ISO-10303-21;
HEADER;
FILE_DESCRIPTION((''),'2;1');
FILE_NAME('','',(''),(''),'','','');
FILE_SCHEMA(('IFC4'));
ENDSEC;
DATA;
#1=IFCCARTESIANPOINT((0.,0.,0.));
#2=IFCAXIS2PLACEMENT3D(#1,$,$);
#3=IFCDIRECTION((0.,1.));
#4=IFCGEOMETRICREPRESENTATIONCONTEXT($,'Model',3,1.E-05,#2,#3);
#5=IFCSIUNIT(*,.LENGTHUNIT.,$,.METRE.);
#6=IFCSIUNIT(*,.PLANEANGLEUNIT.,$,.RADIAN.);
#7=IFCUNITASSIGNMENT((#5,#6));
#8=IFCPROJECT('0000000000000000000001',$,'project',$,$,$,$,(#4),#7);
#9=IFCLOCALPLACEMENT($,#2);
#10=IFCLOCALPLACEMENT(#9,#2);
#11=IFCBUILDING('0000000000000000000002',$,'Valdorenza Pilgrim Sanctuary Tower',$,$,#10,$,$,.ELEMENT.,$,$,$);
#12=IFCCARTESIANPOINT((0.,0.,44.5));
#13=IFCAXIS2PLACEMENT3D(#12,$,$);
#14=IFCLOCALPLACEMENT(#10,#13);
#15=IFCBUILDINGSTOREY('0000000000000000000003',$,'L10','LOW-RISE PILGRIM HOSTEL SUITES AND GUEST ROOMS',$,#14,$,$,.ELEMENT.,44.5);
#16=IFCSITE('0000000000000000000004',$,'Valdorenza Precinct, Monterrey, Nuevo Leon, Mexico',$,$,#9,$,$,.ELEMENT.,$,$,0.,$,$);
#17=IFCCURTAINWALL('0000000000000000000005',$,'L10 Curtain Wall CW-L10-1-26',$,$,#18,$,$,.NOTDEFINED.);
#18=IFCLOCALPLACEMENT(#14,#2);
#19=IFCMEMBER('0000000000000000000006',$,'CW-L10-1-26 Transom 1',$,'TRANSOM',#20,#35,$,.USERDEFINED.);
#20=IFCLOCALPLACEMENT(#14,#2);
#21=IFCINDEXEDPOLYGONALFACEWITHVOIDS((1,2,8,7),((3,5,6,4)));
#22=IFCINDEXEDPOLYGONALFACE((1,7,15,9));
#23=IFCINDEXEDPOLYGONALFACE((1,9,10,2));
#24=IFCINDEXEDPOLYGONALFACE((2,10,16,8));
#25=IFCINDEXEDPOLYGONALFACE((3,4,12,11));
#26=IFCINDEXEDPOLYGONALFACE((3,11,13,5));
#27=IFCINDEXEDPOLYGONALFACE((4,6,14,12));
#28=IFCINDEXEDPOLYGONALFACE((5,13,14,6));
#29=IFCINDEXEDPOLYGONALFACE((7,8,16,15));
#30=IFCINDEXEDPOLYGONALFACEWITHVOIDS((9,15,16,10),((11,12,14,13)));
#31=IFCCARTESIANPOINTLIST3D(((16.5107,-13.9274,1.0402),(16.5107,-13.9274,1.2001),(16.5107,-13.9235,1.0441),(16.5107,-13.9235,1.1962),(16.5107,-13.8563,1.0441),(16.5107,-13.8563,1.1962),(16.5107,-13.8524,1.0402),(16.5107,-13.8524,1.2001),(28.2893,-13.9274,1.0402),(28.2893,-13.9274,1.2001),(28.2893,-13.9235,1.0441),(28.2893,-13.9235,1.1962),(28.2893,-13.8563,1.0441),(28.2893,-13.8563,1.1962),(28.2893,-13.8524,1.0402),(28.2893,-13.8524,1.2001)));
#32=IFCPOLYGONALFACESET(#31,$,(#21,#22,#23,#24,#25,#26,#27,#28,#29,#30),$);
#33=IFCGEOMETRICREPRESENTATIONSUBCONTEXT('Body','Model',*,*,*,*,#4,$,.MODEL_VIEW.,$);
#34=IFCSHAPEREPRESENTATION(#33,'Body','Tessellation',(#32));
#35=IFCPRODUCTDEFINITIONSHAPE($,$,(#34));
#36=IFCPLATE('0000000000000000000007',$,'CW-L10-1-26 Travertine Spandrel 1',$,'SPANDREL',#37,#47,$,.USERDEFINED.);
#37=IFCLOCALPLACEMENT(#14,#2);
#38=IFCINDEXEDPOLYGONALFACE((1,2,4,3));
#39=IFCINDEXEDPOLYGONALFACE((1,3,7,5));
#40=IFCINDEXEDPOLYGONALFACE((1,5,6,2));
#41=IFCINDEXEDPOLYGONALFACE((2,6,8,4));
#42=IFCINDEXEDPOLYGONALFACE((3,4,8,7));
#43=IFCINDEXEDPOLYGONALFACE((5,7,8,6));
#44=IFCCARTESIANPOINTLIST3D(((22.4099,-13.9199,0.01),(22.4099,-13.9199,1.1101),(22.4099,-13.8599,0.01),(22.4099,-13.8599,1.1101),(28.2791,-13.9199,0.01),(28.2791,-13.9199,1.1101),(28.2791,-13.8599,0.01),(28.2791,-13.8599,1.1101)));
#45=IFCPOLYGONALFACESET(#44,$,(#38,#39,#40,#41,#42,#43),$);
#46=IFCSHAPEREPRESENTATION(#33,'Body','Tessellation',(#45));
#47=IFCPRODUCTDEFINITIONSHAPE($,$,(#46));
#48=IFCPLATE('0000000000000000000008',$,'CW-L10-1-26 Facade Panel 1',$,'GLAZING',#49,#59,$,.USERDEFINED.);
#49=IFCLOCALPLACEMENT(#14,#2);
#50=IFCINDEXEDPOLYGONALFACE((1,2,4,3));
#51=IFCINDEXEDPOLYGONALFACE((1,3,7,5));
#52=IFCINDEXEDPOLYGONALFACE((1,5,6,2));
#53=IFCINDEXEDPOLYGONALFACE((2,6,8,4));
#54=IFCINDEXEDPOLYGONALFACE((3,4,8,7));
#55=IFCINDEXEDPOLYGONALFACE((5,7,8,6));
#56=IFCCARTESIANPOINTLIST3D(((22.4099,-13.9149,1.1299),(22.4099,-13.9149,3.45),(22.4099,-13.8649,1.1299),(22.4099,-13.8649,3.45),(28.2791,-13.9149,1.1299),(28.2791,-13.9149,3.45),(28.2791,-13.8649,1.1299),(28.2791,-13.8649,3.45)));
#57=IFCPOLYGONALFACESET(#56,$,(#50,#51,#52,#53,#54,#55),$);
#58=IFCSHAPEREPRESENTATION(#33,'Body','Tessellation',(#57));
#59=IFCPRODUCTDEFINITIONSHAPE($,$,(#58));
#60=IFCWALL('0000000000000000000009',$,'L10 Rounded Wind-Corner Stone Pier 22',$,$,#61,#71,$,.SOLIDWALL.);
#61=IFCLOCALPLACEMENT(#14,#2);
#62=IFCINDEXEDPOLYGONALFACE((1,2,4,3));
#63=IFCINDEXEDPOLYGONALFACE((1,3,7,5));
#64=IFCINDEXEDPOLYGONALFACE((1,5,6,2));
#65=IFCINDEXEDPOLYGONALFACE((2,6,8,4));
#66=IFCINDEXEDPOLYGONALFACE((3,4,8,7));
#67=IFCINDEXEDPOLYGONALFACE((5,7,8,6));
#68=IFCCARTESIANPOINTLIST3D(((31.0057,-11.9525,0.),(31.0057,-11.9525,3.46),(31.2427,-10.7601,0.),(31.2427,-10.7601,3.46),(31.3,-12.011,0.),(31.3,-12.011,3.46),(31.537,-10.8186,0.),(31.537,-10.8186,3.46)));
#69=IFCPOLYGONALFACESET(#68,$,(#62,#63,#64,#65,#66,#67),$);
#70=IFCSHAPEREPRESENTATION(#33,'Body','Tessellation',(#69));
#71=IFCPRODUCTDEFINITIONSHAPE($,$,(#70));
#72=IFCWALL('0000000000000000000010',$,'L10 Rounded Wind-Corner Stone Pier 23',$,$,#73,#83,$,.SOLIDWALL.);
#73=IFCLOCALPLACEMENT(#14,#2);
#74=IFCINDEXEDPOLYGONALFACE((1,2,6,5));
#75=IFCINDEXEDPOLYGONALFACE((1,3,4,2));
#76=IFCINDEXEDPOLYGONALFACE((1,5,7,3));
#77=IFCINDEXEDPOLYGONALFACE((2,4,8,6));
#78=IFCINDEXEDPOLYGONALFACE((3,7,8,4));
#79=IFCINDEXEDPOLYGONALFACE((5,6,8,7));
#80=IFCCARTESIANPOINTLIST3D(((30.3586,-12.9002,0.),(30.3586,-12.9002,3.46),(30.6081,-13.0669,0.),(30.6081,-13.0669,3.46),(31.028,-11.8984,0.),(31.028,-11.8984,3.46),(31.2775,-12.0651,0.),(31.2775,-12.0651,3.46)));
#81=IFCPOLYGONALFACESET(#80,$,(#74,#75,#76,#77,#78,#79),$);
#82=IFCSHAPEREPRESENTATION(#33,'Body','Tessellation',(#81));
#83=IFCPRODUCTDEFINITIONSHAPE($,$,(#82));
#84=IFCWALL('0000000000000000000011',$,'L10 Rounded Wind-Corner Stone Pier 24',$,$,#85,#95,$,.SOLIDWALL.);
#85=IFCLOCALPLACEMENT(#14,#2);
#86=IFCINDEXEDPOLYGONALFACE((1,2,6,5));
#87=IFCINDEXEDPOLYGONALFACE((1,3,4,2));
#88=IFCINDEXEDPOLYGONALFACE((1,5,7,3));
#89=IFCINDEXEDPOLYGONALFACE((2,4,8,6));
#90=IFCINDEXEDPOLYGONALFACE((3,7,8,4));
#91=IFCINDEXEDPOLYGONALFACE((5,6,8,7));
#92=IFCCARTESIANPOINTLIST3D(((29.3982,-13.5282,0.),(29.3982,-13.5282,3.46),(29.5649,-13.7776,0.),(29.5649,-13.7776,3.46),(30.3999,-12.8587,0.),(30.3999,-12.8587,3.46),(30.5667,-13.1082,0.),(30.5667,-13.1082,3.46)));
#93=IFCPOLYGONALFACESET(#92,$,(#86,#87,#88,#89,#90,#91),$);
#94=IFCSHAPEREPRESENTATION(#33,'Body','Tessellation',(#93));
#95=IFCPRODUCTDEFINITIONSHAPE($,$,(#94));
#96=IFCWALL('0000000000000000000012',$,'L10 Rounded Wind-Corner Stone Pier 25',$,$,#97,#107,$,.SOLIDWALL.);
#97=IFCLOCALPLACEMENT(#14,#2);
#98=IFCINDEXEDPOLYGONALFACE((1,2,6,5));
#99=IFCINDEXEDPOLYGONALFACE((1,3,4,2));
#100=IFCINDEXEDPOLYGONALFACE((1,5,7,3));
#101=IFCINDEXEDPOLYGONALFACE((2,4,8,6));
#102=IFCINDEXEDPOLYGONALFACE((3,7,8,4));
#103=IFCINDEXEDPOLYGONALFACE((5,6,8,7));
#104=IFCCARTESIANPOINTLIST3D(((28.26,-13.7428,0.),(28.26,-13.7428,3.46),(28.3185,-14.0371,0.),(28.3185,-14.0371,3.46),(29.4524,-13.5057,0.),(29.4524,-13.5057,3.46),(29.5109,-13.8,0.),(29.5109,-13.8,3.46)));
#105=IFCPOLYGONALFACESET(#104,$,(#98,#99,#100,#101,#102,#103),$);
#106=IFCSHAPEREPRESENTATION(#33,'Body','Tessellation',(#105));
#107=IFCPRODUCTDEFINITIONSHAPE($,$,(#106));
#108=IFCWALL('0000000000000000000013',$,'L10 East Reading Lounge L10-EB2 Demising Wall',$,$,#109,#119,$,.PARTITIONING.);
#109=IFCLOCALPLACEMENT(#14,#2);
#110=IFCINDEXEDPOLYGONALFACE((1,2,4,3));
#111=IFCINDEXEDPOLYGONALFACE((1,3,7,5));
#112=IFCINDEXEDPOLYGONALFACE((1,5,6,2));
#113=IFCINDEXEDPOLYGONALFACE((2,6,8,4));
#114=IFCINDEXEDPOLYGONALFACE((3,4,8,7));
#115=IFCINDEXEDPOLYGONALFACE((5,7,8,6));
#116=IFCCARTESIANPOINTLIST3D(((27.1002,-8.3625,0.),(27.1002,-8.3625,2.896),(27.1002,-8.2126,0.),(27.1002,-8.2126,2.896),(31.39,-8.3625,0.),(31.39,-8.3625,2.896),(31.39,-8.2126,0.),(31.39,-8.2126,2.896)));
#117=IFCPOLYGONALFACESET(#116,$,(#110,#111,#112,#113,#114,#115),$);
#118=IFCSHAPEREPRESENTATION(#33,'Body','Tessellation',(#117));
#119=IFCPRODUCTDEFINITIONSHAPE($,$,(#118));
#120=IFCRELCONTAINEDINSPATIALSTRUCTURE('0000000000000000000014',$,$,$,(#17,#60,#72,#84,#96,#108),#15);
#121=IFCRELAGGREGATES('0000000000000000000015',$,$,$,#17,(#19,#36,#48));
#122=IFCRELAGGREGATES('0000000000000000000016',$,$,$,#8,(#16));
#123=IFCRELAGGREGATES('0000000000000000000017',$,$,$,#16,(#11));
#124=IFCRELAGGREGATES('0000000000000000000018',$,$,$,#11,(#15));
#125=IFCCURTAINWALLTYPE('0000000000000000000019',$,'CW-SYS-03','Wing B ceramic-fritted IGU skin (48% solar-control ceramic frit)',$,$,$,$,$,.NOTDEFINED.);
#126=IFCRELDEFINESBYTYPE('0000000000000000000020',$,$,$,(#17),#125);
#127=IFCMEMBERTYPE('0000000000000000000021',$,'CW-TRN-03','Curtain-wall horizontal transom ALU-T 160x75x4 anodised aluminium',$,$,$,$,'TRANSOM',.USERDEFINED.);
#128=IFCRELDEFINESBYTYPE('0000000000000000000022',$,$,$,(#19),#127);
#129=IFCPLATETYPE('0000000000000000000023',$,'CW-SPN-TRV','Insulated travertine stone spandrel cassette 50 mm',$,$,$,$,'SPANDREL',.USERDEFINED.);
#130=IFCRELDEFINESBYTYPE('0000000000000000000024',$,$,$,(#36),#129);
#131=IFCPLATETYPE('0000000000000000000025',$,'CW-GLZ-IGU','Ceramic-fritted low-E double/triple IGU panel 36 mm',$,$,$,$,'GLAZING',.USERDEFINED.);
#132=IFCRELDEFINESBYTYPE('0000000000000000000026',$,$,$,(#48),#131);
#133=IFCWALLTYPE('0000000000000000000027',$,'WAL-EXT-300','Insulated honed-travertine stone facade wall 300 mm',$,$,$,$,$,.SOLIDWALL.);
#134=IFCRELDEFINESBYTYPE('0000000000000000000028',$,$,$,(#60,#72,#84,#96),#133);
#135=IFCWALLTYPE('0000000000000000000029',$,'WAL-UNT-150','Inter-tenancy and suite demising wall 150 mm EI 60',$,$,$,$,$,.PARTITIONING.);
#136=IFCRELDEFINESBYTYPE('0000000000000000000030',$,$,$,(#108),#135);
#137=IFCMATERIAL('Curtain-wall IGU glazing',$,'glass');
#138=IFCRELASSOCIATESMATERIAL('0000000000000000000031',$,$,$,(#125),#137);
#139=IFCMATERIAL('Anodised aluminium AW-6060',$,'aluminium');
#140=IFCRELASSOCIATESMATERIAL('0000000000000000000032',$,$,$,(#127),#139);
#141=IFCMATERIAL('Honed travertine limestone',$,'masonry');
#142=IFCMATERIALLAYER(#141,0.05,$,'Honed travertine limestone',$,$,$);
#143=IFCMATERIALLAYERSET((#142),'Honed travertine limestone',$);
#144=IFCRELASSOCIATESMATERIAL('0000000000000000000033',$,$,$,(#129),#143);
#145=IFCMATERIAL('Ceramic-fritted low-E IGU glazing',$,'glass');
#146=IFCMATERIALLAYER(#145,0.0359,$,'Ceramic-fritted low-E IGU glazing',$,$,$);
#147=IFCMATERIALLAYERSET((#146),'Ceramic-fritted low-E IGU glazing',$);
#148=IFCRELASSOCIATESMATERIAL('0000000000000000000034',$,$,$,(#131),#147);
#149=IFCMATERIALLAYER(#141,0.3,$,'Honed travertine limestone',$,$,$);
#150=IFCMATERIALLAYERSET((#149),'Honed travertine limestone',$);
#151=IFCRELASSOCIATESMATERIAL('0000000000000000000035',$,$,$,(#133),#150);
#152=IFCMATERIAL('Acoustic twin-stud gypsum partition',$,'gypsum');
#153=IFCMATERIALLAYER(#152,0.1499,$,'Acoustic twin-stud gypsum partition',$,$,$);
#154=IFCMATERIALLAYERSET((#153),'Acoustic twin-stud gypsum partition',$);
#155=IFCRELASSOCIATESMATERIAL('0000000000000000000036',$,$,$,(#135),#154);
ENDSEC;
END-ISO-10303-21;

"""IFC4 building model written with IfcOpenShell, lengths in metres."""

from ifc_helpers import new_model, si_unit, direction, frame, frame_2d, origin, origin_2d, place, context, subcontext, project, spatial, rectangle, hollow_rectangle, extrude, source, transform, mapped, material, layer, layer_set, material_profile, profile_set, type_object, element, aggregate, save


model = new_model("IFC4")

# Units and contexts
model_context = context("Model", 3, precision=1e-05, world=origin(), true_north=direction((0.0, 1.0)))
body_context = subcontext(model_context, "Body", "Model", "MODEL_VIEW")
ifc_project = project(units=[si_unit("LENGTHUNIT", "METRE"), si_unit("PLANEANGLEUNIT", "RADIAN")], contexts=[model_context])

# Site, building, storey
site_placement = place(None, origin())
site = spatial("IfcSite", under=ifc_project, at=site_placement, Name="Valdorenza Precinct, Monterrey, Nuevo Leon, Mexico", CompositionType="ELEMENT", RefElevation=0.0)
building_placement = place(site_placement, origin())
building = spatial("IfcBuilding", under=site, at=building_placement, Name="Valdorenza Pilgrim Sanctuary Tower", CompositionType="ELEMENT")
storey_placement = place(building_placement, frame((0.0, 0.0, 44.5)))
storey = spatial("IfcBuildingStorey", under=building, at=storey_placement, Name="L10", Description="LOW-RISE PILGRIM HOSTEL SUITES AND GUEST ROOMS", CompositionType="ELEMENT", Elevation=44.5)

# Shared definitions
ifc_material_1 = material(Name="Curtain-wall IGU glazing", Category="glass")
curtain_wall_type = type_object("IfcCurtainWallType", Name="CW-SYS-03", Description="Wing B ceramic-fritted IGU skin (48% solar-control ceramic frit)", PredefinedType="NOTDEFINED", material=ifc_material_1)
ifc_material_2 = material(Name="Anodised aluminium AW-6060", Category="aluminium")

# Curtain wall, member, plates
curtain_wall_1_placement = place(storey_placement, origin())
curtain_wall_1 = element("IfcCurtainWall", 1, at=curtain_wall_1_placement, inside=storey, type_object=curtain_wall_type, Name="L10 Curtain Wall CW-L10-1-26", PredefinedType="NOTDEFINED")
ifc_material_profile_1 = material_profile(ifc_material_2, hollow_rectangle(XDim=0.075, YDim=0.1599, WallThickness=0.0039, at=origin_2d()), Name="ALU-T 160x75x4")
ifc_profile_set_1 = profile_set([ifc_material_profile_1], Name="Anodised aluminium AW-6060")
member_type_1 = type_object("IfcMemberType", Name="CW-TRN-03", Description="Curtain-wall horizontal transom ALU-T 160x75x4 anodised aluminium", ElementType="TRANSOM", PredefinedType="USERDEFINED", material=ifc_profile_set_1)
shared_shape_1 = source(origin(), body_context, "Body", "SweptSolid", [
    extrude(hollow_rectangle(XDim=0.075, YDim=0.1599, WallThickness=0.0039, at=origin_2d()), origin(), (0.0, 0.0, 1.0), 11.7786),
])
member_1_placement = place(storey_placement, frame((28.2893, -13.8899, 1.1201), z_axis=(-1.0, 0.0, 0.0), x_axis=(0.0, -1.0, 0.0)))
member_1 = element("IfcMember", 2, at=member_1_placement, type_object=member_type_1, Name="CW-L10-1-26 Transom 1", ObjectType="TRANSOM", PredefinedType="USERDEFINED", context=body_context, shape_type="MappedRepresentation", body=[
    mapped(shared_shape_1, transform((0.0, 0.0, 0.0), x_axis=(1.0, 0.0, 0.0), y_axis=(0.0, 1.0, 0.0), z_axis=(0.0, 0.0, 1.0), scale=1.0)),
])
ifc_material_3 = material(Name="Honed travertine limestone", Category="masonry")
ifc_layer_1 = layer(ifc_material_3, 0.05, Name="Honed travertine limestone")
ifc_layer_set_1 = layer_set([ifc_layer_1], Name="Honed travertine limestone")
plate_type_1 = type_object("IfcPlateType", Name="CW-SPN-TRV", Description="Insulated travertine stone spandrel cassette 50 mm", ElementType="SPANDREL", PredefinedType="USERDEFINED", material=ifc_layer_set_1)
shared_shape_2 = source(origin(), body_context, "Body", "SweptSolid", [
    extrude(rectangle(XDim=5.8691, YDim=0.0601, at=origin_2d()), origin(), (0.0, 0.0, 1.0), 1.1001),
])
plate_1_placement = place(storey_placement, frame((25.3445, -13.8899, 0.01), z_axis=(0.0, 0.0, 1.0), x_axis=(-1.0, 0.0, 0.0)))
plate_1 = element("IfcPlate", 3, at=plate_1_placement, type_object=plate_type_1, Name="CW-L10-1-26 Travertine Spandrel 1", ObjectType="SPANDREL", PredefinedType="USERDEFINED", context=body_context, shape_type="MappedRepresentation", body=[
    mapped(shared_shape_2, transform((0.0, 0.0, 0.0), x_axis=(1.0, 0.0, 0.0), y_axis=(0.0, 1.0, 0.0), z_axis=(0.0, 0.0, 1.0), scale=1.0)),
])
ifc_material_4 = material(Name="Ceramic-fritted low-E IGU glazing", Category="glass")
ifc_layer_2 = layer(ifc_material_4, 0.0359, Name="Ceramic-fritted low-E IGU glazing")
ifc_layer_set_2 = layer_set([ifc_layer_2], Name="Ceramic-fritted low-E IGU glazing")
plate_type_2 = type_object("IfcPlateType", Name="CW-GLZ-IGU", Description="Ceramic-fritted low-E double/triple IGU panel 36 mm", ElementType="GLAZING", PredefinedType="USERDEFINED", material=ifc_layer_set_2)
shared_shape_3 = source(origin(), body_context, "Body", "SweptSolid", [
    extrude(rectangle(XDim=5.8691, YDim=0.05, at=origin_2d()), origin(), (0.0, 0.0, 1.0), 2.3201),
])
plate_2_placement = place(storey_placement, frame((25.3445, -13.8899, 1.1299), z_axis=(0.0, 0.0, 1.0), x_axis=(-1.0, 0.0, 0.0)))
plate_2 = element("IfcPlate", 4, at=plate_2_placement, type_object=plate_type_2, Name="CW-L10-1-26 Facade Panel 1", ObjectType="GLAZING", PredefinedType="USERDEFINED", context=body_context, shape_type="MappedRepresentation", body=[
    mapped(shared_shape_3, transform((0.0, 0.0, 0.0), x_axis=(1.0, 0.0, 0.0), y_axis=(0.0, 1.0, 0.0), z_axis=(0.0, 0.0, 1.0), scale=1.0)),
])
aggregate(curtain_wall_1, [member_1, plate_1, plate_2])

# Shared definitions
ifc_material_5 = material(Name="Acoustic twin-stud gypsum partition", Category="gypsum")

# Walls
ifc_layer_3 = layer(ifc_material_3, 0.3, Name="Honed travertine limestone")
ifc_layer_set_3 = layer_set([ifc_layer_3], Name="Honed travertine limestone")
wall_type_1 = type_object("IfcWallType", Name="WAL-EXT-300", Description="Insulated honed-travertine stone facade wall 300 mm", PredefinedType="SOLIDWALL", material=ifc_layer_set_3)
wall_1_placement = place(storey_placement, frame((31.3899, -10.7893, 0.0), z_axis=(0.0, 0.0, 1.0), x_axis=(-0.194996, -0.980804, 0.0)))
element("IfcWall", 5, at=wall_1_placement, inside=storey, type_object=wall_type_1, Name="L10 Rounded Wind-Corner Stone Pier 22", PredefinedType="SOLIDWALL", context=body_context, shape_type="SweptSolid", body=[
    extrude(rectangle(XDim=1.2158, YDim=0.3, at=frame_2d((0.6079, 0.0))), origin(), (0.0, 0.0, 1.0), 3.46),
])
for number, where, z_axis, x_axis, name in (
    (6, (31.1528, -11.9817, 0.0), (0.0, 0.0, 1.0), (-0.555635, -0.831426, 0.0), "L10 Rounded Wind-Corner Stone Pier 23"),
    (7, (30.4834, -12.9834, 0.0), (0.0, 0.0, 1.0), (-0.831426, -0.555635, 0.0), "L10 Rounded Wind-Corner Stone Pier 24"),
):
    element("IfcWall", number, at=place(storey_placement, frame(where, z_axis=z_axis, x_axis=x_axis)), inside=storey, type_object=wall_type_1, Name=name, PredefinedType="SOLIDWALL", context=body_context, shape_type="SweptSolid", body=[
        extrude(rectangle(XDim=1.2048, YDim=0.3, at=frame_2d((0.6025, 0.0))), origin(), (0.0, 0.0, 1.0), 3.46),
    ])
wall_2_placement = place(storey_placement, frame((29.4817, -13.6528, 0.0), z_axis=(0.0, 0.0, 1.0), x_axis=(-0.980804, -0.194996, 0.0)))
element("IfcWall", 8, at=wall_2_placement, inside=storey, type_object=wall_type_1, Name="L10 Rounded Wind-Corner Stone Pier 25", PredefinedType="SOLIDWALL", context=body_context, shape_type="SweptSolid", body=[
    extrude(rectangle(XDim=1.2158, YDim=0.3, at=frame_2d((0.6079, 0.0))), origin(), (0.0, 0.0, 1.0), 3.46),
])
ifc_layer_4 = layer(ifc_material_5, 0.1499, Name="Acoustic twin-stud gypsum partition")
ifc_layer_set_4 = layer_set([ifc_layer_4], Name="Acoustic twin-stud gypsum partition")
wall_type_2 = type_object("IfcWallType", Name="WAL-UNT-150", Description="Inter-tenancy and suite demising wall 150 mm EI 60", PredefinedType="PARTITIONING", material=ifc_layer_set_4)
wall_3_placement = place(storey_placement, frame((27.1001, -8.2876, 0.0), z_axis=(0.0, 0.0, 1.0), x_axis=(1.0, 0.0, 0.0)))
element("IfcWall", 9, at=wall_3_placement, inside=storey, type_object=wall_type_2, Name="L10 East Reading Lounge L10-EB2 Demising Wall", PredefinedType="PARTITIONING", context=body_context, shape_type="SweptSolid", body=[
    extrude(rectangle(XDim=4.2898, YDim=0.1499, at=frame_2d((2.145, 0.0))), origin(), (0.0, 0.0, 1.0), 2.896),
])

save(model, "model.ifc")
